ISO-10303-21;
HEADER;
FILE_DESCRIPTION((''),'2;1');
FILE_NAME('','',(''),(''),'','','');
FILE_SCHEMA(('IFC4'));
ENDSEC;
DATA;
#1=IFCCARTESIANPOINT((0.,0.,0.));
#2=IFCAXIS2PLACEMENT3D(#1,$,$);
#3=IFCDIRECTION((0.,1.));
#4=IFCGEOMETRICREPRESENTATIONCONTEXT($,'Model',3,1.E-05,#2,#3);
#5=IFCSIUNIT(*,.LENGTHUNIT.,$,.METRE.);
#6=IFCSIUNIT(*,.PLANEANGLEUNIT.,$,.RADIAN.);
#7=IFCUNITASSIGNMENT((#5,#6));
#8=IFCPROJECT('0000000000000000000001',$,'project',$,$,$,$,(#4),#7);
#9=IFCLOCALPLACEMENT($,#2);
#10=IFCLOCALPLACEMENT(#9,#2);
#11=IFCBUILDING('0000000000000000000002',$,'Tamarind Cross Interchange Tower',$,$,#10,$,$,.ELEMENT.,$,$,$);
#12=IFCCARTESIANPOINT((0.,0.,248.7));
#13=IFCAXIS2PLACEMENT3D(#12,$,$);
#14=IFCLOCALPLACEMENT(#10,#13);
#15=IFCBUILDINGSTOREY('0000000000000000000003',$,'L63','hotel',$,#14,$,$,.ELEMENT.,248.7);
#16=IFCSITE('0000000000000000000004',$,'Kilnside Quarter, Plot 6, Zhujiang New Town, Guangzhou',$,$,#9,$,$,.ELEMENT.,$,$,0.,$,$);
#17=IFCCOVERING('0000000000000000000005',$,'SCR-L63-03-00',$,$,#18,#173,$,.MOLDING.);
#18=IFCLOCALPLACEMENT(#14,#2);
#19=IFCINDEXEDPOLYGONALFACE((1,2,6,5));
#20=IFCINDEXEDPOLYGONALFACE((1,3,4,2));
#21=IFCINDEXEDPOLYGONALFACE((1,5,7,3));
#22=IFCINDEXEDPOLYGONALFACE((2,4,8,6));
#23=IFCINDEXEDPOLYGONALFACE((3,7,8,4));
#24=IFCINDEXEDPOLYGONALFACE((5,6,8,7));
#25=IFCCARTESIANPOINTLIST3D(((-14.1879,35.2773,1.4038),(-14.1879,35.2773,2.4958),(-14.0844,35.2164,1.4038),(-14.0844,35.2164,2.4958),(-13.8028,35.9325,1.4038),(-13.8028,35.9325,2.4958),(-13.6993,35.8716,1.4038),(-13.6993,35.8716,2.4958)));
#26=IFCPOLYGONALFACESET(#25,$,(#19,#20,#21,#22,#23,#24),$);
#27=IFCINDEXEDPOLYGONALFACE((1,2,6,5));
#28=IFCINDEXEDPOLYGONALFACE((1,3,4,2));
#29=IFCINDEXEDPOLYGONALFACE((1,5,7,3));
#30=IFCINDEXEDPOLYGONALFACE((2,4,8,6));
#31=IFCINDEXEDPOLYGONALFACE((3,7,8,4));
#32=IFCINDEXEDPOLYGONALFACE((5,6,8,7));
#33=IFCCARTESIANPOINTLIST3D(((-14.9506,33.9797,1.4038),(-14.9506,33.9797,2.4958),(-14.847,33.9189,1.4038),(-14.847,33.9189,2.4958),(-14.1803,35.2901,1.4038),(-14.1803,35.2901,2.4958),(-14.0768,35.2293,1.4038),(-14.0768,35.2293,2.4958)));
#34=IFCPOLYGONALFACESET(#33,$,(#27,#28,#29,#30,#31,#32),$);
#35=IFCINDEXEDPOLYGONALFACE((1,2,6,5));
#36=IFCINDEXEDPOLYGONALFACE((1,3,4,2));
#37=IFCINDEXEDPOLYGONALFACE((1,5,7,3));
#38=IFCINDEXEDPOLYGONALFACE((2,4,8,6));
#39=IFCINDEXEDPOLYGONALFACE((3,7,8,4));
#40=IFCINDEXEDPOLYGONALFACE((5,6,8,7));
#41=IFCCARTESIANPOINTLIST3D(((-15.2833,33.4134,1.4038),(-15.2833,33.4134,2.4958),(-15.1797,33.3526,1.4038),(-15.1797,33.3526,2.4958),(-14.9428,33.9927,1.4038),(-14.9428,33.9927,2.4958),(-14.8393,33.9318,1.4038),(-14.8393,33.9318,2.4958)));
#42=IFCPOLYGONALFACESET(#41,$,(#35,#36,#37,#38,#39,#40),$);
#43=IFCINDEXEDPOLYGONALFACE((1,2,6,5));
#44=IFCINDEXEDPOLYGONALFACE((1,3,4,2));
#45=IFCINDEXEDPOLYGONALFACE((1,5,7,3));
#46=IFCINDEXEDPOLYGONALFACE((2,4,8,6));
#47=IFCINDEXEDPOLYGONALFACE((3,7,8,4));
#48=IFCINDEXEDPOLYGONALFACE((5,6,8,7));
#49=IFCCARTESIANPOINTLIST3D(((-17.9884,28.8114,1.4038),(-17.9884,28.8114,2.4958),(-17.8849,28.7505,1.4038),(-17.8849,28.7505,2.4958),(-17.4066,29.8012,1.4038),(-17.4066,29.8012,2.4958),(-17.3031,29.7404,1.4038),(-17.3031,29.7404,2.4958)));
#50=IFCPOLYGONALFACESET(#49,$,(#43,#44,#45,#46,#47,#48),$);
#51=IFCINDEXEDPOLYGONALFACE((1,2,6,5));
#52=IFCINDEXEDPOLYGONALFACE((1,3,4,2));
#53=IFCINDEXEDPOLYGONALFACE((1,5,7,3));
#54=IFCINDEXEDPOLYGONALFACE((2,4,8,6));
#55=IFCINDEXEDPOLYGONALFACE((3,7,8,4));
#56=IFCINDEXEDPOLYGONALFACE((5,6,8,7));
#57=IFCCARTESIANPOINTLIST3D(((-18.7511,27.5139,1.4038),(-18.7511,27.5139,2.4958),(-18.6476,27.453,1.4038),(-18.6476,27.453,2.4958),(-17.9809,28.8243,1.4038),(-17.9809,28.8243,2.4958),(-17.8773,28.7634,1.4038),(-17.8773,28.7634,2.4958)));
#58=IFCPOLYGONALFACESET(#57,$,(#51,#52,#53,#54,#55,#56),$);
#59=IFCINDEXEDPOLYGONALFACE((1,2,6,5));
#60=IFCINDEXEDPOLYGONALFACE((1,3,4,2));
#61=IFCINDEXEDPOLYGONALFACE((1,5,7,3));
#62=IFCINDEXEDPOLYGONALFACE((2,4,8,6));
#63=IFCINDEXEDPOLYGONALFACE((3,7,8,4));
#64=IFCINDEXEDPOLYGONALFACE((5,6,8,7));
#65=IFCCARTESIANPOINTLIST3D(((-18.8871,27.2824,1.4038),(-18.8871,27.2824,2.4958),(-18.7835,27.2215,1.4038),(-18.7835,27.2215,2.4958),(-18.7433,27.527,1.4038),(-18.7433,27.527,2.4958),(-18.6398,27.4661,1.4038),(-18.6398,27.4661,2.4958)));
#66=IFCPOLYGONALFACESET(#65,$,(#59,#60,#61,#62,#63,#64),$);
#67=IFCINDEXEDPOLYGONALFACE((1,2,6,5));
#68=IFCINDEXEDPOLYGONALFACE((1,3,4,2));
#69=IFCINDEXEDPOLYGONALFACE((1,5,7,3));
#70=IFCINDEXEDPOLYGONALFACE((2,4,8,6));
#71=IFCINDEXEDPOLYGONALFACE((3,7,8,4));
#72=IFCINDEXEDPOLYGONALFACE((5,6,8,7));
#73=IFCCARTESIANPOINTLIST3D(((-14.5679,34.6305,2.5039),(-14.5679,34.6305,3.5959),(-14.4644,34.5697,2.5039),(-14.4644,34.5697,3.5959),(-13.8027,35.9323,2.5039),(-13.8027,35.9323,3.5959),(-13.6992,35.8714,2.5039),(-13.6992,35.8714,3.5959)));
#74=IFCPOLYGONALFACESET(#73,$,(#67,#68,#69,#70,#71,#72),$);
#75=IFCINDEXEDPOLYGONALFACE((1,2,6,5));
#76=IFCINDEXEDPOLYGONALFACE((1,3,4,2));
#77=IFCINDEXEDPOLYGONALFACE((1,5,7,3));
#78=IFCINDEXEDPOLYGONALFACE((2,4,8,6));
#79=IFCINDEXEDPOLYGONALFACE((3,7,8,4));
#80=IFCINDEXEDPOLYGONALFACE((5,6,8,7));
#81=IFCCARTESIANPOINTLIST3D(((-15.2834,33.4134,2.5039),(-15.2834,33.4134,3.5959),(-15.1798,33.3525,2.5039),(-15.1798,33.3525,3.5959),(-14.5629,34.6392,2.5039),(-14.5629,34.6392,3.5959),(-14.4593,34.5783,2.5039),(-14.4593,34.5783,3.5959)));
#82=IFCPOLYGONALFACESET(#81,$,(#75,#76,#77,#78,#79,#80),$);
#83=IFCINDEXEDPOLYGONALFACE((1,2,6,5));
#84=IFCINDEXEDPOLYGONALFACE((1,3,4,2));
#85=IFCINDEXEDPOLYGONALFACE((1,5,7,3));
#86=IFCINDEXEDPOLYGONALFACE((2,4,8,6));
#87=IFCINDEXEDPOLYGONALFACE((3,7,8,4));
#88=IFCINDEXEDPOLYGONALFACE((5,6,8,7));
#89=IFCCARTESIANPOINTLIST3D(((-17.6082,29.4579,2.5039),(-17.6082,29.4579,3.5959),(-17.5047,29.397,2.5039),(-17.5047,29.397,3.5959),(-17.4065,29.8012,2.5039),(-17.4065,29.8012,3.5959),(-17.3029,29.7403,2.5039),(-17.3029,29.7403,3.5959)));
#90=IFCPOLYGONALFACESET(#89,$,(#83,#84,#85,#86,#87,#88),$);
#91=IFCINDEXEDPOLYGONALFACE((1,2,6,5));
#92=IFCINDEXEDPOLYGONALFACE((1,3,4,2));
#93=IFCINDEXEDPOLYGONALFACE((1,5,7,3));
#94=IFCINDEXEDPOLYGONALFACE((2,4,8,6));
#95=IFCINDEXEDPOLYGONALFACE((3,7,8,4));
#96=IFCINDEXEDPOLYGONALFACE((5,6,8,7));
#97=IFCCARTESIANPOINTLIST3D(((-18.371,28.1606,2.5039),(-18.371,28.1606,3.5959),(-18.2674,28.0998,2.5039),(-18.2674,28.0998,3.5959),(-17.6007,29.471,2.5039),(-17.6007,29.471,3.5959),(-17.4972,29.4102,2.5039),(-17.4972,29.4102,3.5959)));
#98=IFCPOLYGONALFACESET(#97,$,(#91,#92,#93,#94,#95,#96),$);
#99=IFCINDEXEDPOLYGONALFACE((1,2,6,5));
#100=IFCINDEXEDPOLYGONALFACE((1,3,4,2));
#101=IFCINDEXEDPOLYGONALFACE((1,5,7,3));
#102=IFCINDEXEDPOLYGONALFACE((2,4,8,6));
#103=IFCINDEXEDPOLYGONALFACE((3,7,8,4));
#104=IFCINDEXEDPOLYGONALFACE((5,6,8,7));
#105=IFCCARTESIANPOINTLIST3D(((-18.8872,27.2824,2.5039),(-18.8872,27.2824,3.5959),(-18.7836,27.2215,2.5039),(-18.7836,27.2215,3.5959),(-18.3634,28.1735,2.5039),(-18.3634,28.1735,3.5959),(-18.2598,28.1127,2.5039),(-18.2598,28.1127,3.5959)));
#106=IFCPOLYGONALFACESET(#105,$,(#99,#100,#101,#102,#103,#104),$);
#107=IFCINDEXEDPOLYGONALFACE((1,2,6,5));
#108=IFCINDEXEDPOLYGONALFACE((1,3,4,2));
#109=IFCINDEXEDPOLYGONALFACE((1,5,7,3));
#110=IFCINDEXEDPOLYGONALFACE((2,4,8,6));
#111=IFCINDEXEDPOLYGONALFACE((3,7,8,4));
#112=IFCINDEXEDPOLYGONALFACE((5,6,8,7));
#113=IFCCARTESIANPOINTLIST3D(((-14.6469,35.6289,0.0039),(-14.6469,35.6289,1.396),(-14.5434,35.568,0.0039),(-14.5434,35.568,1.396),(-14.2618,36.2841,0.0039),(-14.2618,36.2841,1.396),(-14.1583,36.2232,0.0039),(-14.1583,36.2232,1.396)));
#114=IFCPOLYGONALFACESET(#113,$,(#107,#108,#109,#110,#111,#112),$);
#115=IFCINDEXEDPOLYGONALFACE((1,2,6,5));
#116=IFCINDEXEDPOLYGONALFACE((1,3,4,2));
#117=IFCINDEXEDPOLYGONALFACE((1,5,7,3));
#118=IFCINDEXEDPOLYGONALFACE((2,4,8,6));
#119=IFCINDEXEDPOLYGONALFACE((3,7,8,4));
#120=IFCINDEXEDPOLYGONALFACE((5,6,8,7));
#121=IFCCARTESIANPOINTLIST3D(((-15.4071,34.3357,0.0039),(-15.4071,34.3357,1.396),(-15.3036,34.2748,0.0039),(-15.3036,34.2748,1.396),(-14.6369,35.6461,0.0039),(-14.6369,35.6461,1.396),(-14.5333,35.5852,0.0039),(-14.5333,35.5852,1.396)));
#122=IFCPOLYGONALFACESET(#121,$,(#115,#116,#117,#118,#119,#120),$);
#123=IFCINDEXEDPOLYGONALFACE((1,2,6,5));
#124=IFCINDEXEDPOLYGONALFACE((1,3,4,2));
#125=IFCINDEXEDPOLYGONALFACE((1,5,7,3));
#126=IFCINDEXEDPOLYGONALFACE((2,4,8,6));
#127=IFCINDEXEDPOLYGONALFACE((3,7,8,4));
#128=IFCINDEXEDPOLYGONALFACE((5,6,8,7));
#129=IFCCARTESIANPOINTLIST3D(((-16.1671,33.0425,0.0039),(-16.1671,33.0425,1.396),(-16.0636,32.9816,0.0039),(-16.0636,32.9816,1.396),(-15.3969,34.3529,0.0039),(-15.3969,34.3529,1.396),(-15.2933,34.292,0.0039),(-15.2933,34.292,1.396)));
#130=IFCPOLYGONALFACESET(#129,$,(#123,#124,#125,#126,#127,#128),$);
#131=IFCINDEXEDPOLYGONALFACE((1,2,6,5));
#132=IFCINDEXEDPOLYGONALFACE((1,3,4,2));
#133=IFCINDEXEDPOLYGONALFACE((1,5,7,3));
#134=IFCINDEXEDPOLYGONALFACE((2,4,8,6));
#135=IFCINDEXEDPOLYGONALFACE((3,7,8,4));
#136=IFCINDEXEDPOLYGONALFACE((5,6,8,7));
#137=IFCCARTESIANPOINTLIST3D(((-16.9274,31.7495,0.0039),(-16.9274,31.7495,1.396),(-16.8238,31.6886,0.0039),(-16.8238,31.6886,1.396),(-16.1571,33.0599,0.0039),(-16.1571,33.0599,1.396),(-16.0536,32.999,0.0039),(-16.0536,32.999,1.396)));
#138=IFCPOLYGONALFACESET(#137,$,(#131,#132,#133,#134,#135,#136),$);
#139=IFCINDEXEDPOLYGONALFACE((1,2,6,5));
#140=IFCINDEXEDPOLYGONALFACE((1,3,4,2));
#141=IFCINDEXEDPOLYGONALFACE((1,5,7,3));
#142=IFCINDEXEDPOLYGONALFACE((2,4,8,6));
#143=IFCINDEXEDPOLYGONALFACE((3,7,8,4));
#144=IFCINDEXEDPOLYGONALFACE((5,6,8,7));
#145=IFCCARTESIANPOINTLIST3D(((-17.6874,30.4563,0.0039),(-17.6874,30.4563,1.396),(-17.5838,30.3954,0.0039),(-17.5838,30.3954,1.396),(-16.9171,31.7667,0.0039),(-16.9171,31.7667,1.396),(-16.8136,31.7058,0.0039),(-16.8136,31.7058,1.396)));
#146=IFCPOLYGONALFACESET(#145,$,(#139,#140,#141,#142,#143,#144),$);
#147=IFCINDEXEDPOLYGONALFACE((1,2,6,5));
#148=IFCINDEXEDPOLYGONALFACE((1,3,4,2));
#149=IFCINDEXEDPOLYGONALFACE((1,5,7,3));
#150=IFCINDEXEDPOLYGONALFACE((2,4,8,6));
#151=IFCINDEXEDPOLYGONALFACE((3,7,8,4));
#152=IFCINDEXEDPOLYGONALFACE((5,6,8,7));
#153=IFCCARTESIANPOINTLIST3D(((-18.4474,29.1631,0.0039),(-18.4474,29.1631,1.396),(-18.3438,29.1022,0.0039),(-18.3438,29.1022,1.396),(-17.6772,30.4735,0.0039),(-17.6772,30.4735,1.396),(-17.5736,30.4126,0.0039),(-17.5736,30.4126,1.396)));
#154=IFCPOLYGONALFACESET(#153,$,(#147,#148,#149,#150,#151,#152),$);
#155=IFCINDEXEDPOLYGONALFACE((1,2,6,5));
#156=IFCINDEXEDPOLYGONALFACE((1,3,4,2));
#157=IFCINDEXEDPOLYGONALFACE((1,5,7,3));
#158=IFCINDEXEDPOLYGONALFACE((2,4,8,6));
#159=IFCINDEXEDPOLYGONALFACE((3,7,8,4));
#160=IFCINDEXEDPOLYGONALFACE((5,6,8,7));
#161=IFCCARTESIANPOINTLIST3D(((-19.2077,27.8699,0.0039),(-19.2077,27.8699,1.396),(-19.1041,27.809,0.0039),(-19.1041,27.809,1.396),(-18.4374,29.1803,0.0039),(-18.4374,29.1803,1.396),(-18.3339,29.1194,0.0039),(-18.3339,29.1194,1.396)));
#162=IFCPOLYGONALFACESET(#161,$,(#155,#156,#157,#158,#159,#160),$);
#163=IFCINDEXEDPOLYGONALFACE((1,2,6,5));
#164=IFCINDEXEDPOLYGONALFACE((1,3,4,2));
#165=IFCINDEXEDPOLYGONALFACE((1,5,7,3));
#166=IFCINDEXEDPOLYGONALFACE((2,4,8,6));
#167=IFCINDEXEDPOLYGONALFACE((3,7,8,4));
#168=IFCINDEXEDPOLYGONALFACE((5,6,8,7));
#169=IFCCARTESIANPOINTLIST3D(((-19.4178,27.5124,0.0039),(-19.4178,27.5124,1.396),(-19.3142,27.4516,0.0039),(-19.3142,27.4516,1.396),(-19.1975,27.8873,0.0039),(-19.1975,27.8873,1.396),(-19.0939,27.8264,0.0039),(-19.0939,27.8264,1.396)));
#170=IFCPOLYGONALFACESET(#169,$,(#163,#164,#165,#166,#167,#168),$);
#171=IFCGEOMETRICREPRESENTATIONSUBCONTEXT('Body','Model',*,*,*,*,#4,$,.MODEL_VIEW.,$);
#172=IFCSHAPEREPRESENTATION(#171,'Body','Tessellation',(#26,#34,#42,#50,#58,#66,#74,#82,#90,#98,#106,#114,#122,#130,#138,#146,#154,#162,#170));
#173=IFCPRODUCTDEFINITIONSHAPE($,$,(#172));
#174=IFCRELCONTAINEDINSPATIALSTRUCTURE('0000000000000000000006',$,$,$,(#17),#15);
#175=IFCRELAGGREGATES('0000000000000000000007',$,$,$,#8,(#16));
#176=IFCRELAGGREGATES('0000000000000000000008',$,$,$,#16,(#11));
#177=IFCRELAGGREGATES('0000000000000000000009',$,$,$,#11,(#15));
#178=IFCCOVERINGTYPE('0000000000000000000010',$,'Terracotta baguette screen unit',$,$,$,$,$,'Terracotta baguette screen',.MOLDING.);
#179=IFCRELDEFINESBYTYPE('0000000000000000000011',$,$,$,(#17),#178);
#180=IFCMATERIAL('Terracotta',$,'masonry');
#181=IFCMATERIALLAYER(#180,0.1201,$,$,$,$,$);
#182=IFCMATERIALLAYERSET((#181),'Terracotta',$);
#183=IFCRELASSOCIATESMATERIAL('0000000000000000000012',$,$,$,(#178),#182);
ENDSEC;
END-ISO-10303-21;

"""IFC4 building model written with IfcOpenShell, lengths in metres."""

from ifc_helpers import new_model, si_unit, direction, frame, origin, origin_2d, place, context, subcontext, project, spatial, rectangle, extrude, material, layer, layer_set, type_object, element, save


model = new_model("IFC4")

# Units and contexts
model_context = context("Model", 3, precision=1e-05, world=origin(), true_north=direction((0.0, 1.0)))
body_context = subcontext(model_context, "Body", "Model", "MODEL_VIEW")
ifc_project = project(units=[si_unit("LENGTHUNIT", "METRE"), si_unit("PLANEANGLEUNIT", "RADIAN")], contexts=[model_context])

# Site, building, storey
site_placement = place(None, origin())
site = spatial("IfcSite", under=ifc_project, at=site_placement, Name="Kilnside Quarter, Plot 6, Zhujiang New Town, Guangzhou", CompositionType="ELEMENT", RefElevation=0.0)
building_placement = place(site_placement, origin())
building = spatial("IfcBuilding", under=site, at=building_placement, Name="Tamarind Cross Interchange Tower", CompositionType="ELEMENT")
storey_placement = place(building_placement, frame((0.0, 0.0, 248.7)))
storey = spatial("IfcBuildingStorey", under=building, at=storey_placement, Name="L63", Description="hotel", CompositionType="ELEMENT", Elevation=248.7)

# Covering
ifc_material_1 = material(Name="Terracotta", Category="masonry")
ifc_layer_1 = layer(ifc_material_1, 0.1201)
ifc_layer_set_1 = layer_set([ifc_layer_1], Name="Terracotta")
covering_type = type_object("IfcCoveringType", Name="Terracotta baguette screen unit", ElementType="Terracotta baguette screen", PredefinedType="MOLDING", material=ifc_layer_set_1)
covering_1_placement = place(storey_placement, origin())
element("IfcCovering", 1, at=covering_1_placement, inside=storey, type_object=covering_type, Name="SCR-L63-03-00", PredefinedType="MOLDING", context=body_context, shape_type="SweptSolid", body=[
    extrude(rectangle(XDim=0.76, YDim=0.1201, at=origin_2d()), frame((-13.9436, 35.5745, 1.4038), z_axis=(0.0, 0.0, 1.0), x_axis=(-0.506732, -0.862104, 0.0)), (0.0, 0.0, 1.0), 1.092),
    extrude(rectangle(XDim=1.52, YDim=0.1201, at=origin_2d()), frame((-14.5137, 34.6045, 1.4038), z_axis=(0.0, 0.0, 1.0), x_axis=(-0.506732, -0.862104, 0.0)), (0.0, 0.0, 1.0), 1.092),
    extrude(rectangle(XDim=0.6719, YDim=0.1201, at=origin_2d()), frame((-15.0613, 33.6726, 1.4038), z_axis=(0.0, 0.0, 1.0), x_axis=(-0.506732, -0.862104, 0.0)), (0.0, 0.0, 1.0), 1.092),
    extrude(rectangle(XDim=1.1482, YDim=0.1201, at=origin_2d()), frame((-17.6458, 29.2759, 1.4038), z_axis=(0.0, 0.0, 1.0), x_axis=(-0.506732, -0.862104, 0.0)), (0.0, 0.0, 1.0), 1.092),
    extrude(rectangle(XDim=1.52, YDim=0.1201, at=origin_2d()), frame((-18.3142, 28.1387, 1.4038), z_axis=(0.0, 0.0, 1.0), x_axis=(-0.506732, -0.862104, 0.0)), (0.0, 0.0, 1.0), 1.092),
    extrude(rectangle(XDim=0.2837, YDim=0.1201, at=origin_2d()), frame((-18.7634, 27.3743, 1.4038), z_axis=(0.0, 0.0, 1.0), x_axis=(-0.506732, -0.862104, 0.0)), (0.0, 0.0, 1.0), 1.092),
    extrude(rectangle(XDim=1.51, YDim=0.1201, at=origin_2d()), frame((-14.1335, 35.251, 2.5039), z_axis=(0.0, 0.0, 1.0), x_axis=(-0.506732, -0.862104, 0.0)), (0.0, 0.0, 1.0), 1.092),
    extrude(rectangle(XDim=1.4219, YDim=0.1201, at=origin_2d()), frame((-14.8713, 33.9958, 2.5039), z_axis=(0.0, 0.0, 1.0), x_axis=(-0.506732, -0.862104, 0.0)), (0.0, 0.0, 1.0), 1.092),
    extrude(rectangle(XDim=0.3982, YDim=0.1201, at=origin_2d()), frame((-17.4556, 29.5991, 2.5039), z_axis=(0.0, 0.0, 1.0), x_axis=(-0.506732, -0.862104, 0.0)), (0.0, 0.0, 1.0), 1.092),
    extrude(rectangle(XDim=1.52, YDim=0.1201, at=origin_2d()), frame((-17.9341, 28.7854, 2.5039), z_axis=(0.0, 0.0, 1.0), x_axis=(-0.506732, -0.862104, 0.0)), (0.0, 0.0, 1.0), 1.092),
    extrude(rectangle(XDim=1.0337, YDim=0.1201, at=origin_2d()), frame((-18.5735, 27.6975, 2.5039), z_axis=(0.0, 0.0, 1.0), x_axis=(-0.506732, -0.862104, 0.0)), (0.0, 0.0, 1.0), 1.092),
    extrude(rectangle(XDim=0.76, YDim=0.1201, at=origin_2d()), frame((-14.4026, 35.926, 0.0039), z_axis=(0.0, 0.0, 1.0), x_axis=(-0.506732, -0.862104, 0.0)), (0.0, 0.0, 1.0), 1.3921),
    extrude(rectangle(XDim=1.52, YDim=0.1201, at=origin_2d()), frame((-14.9702, 34.9604, 0.0039), z_axis=(0.0, 0.0, 1.0), x_axis=(-0.506732, -0.862104, 0.0)), (0.0, 0.0, 1.0), 1.3921),
    extrude(rectangle(XDim=1.52, YDim=0.1201, at=origin_2d()), frame((-15.7302, 33.6672, 0.0039), z_axis=(0.0, 0.0, 1.0), x_axis=(-0.506732, -0.862104, 0.0)), (0.0, 0.0, 1.0), 1.3921),
    extrude(rectangle(XDim=1.52, YDim=0.1201, at=origin_2d()), frame((-16.4905, 32.3743, 0.0039), z_axis=(0.0, 0.0, 1.0), x_axis=(-0.506732, -0.862104, 0.0)), (0.0, 0.0, 1.0), 1.3921),
    extrude(rectangle(XDim=1.52, YDim=0.1201, at=origin_2d()), frame((-17.2505, 31.0811, 0.0039), z_axis=(0.0, 0.0, 1.0), x_axis=(-0.506732, -0.862104, 0.0)), (0.0, 0.0, 1.0), 1.3921),
    extrude(rectangle(XDim=1.52, YDim=0.1201, at=origin_2d()), frame((-18.0105, 29.7878, 0.0039), z_axis=(0.0, 0.0, 1.0), x_axis=(-0.506732, -0.862104, 0.0)), (0.0, 0.0, 1.0), 1.3921),
    extrude(rectangle(XDim=1.52, YDim=0.1201, at=origin_2d()), frame((-18.7708, 28.4946, 0.0039), z_axis=(0.0, 0.0, 1.0), x_axis=(-0.506732, -0.862104, 0.0)), (0.0, 0.0, 1.0), 1.3921),
    extrude(rectangle(XDim=0.4348, YDim=0.1201, at=origin_2d()), frame((-19.2559, 27.6694, 0.0039), z_axis=(0.0, 0.0, 1.0), x_axis=(-0.506732, -0.862104, 0.0)), (0.0, 0.0, 1.0), 1.3921),
])

save(model, "model.ifc")
